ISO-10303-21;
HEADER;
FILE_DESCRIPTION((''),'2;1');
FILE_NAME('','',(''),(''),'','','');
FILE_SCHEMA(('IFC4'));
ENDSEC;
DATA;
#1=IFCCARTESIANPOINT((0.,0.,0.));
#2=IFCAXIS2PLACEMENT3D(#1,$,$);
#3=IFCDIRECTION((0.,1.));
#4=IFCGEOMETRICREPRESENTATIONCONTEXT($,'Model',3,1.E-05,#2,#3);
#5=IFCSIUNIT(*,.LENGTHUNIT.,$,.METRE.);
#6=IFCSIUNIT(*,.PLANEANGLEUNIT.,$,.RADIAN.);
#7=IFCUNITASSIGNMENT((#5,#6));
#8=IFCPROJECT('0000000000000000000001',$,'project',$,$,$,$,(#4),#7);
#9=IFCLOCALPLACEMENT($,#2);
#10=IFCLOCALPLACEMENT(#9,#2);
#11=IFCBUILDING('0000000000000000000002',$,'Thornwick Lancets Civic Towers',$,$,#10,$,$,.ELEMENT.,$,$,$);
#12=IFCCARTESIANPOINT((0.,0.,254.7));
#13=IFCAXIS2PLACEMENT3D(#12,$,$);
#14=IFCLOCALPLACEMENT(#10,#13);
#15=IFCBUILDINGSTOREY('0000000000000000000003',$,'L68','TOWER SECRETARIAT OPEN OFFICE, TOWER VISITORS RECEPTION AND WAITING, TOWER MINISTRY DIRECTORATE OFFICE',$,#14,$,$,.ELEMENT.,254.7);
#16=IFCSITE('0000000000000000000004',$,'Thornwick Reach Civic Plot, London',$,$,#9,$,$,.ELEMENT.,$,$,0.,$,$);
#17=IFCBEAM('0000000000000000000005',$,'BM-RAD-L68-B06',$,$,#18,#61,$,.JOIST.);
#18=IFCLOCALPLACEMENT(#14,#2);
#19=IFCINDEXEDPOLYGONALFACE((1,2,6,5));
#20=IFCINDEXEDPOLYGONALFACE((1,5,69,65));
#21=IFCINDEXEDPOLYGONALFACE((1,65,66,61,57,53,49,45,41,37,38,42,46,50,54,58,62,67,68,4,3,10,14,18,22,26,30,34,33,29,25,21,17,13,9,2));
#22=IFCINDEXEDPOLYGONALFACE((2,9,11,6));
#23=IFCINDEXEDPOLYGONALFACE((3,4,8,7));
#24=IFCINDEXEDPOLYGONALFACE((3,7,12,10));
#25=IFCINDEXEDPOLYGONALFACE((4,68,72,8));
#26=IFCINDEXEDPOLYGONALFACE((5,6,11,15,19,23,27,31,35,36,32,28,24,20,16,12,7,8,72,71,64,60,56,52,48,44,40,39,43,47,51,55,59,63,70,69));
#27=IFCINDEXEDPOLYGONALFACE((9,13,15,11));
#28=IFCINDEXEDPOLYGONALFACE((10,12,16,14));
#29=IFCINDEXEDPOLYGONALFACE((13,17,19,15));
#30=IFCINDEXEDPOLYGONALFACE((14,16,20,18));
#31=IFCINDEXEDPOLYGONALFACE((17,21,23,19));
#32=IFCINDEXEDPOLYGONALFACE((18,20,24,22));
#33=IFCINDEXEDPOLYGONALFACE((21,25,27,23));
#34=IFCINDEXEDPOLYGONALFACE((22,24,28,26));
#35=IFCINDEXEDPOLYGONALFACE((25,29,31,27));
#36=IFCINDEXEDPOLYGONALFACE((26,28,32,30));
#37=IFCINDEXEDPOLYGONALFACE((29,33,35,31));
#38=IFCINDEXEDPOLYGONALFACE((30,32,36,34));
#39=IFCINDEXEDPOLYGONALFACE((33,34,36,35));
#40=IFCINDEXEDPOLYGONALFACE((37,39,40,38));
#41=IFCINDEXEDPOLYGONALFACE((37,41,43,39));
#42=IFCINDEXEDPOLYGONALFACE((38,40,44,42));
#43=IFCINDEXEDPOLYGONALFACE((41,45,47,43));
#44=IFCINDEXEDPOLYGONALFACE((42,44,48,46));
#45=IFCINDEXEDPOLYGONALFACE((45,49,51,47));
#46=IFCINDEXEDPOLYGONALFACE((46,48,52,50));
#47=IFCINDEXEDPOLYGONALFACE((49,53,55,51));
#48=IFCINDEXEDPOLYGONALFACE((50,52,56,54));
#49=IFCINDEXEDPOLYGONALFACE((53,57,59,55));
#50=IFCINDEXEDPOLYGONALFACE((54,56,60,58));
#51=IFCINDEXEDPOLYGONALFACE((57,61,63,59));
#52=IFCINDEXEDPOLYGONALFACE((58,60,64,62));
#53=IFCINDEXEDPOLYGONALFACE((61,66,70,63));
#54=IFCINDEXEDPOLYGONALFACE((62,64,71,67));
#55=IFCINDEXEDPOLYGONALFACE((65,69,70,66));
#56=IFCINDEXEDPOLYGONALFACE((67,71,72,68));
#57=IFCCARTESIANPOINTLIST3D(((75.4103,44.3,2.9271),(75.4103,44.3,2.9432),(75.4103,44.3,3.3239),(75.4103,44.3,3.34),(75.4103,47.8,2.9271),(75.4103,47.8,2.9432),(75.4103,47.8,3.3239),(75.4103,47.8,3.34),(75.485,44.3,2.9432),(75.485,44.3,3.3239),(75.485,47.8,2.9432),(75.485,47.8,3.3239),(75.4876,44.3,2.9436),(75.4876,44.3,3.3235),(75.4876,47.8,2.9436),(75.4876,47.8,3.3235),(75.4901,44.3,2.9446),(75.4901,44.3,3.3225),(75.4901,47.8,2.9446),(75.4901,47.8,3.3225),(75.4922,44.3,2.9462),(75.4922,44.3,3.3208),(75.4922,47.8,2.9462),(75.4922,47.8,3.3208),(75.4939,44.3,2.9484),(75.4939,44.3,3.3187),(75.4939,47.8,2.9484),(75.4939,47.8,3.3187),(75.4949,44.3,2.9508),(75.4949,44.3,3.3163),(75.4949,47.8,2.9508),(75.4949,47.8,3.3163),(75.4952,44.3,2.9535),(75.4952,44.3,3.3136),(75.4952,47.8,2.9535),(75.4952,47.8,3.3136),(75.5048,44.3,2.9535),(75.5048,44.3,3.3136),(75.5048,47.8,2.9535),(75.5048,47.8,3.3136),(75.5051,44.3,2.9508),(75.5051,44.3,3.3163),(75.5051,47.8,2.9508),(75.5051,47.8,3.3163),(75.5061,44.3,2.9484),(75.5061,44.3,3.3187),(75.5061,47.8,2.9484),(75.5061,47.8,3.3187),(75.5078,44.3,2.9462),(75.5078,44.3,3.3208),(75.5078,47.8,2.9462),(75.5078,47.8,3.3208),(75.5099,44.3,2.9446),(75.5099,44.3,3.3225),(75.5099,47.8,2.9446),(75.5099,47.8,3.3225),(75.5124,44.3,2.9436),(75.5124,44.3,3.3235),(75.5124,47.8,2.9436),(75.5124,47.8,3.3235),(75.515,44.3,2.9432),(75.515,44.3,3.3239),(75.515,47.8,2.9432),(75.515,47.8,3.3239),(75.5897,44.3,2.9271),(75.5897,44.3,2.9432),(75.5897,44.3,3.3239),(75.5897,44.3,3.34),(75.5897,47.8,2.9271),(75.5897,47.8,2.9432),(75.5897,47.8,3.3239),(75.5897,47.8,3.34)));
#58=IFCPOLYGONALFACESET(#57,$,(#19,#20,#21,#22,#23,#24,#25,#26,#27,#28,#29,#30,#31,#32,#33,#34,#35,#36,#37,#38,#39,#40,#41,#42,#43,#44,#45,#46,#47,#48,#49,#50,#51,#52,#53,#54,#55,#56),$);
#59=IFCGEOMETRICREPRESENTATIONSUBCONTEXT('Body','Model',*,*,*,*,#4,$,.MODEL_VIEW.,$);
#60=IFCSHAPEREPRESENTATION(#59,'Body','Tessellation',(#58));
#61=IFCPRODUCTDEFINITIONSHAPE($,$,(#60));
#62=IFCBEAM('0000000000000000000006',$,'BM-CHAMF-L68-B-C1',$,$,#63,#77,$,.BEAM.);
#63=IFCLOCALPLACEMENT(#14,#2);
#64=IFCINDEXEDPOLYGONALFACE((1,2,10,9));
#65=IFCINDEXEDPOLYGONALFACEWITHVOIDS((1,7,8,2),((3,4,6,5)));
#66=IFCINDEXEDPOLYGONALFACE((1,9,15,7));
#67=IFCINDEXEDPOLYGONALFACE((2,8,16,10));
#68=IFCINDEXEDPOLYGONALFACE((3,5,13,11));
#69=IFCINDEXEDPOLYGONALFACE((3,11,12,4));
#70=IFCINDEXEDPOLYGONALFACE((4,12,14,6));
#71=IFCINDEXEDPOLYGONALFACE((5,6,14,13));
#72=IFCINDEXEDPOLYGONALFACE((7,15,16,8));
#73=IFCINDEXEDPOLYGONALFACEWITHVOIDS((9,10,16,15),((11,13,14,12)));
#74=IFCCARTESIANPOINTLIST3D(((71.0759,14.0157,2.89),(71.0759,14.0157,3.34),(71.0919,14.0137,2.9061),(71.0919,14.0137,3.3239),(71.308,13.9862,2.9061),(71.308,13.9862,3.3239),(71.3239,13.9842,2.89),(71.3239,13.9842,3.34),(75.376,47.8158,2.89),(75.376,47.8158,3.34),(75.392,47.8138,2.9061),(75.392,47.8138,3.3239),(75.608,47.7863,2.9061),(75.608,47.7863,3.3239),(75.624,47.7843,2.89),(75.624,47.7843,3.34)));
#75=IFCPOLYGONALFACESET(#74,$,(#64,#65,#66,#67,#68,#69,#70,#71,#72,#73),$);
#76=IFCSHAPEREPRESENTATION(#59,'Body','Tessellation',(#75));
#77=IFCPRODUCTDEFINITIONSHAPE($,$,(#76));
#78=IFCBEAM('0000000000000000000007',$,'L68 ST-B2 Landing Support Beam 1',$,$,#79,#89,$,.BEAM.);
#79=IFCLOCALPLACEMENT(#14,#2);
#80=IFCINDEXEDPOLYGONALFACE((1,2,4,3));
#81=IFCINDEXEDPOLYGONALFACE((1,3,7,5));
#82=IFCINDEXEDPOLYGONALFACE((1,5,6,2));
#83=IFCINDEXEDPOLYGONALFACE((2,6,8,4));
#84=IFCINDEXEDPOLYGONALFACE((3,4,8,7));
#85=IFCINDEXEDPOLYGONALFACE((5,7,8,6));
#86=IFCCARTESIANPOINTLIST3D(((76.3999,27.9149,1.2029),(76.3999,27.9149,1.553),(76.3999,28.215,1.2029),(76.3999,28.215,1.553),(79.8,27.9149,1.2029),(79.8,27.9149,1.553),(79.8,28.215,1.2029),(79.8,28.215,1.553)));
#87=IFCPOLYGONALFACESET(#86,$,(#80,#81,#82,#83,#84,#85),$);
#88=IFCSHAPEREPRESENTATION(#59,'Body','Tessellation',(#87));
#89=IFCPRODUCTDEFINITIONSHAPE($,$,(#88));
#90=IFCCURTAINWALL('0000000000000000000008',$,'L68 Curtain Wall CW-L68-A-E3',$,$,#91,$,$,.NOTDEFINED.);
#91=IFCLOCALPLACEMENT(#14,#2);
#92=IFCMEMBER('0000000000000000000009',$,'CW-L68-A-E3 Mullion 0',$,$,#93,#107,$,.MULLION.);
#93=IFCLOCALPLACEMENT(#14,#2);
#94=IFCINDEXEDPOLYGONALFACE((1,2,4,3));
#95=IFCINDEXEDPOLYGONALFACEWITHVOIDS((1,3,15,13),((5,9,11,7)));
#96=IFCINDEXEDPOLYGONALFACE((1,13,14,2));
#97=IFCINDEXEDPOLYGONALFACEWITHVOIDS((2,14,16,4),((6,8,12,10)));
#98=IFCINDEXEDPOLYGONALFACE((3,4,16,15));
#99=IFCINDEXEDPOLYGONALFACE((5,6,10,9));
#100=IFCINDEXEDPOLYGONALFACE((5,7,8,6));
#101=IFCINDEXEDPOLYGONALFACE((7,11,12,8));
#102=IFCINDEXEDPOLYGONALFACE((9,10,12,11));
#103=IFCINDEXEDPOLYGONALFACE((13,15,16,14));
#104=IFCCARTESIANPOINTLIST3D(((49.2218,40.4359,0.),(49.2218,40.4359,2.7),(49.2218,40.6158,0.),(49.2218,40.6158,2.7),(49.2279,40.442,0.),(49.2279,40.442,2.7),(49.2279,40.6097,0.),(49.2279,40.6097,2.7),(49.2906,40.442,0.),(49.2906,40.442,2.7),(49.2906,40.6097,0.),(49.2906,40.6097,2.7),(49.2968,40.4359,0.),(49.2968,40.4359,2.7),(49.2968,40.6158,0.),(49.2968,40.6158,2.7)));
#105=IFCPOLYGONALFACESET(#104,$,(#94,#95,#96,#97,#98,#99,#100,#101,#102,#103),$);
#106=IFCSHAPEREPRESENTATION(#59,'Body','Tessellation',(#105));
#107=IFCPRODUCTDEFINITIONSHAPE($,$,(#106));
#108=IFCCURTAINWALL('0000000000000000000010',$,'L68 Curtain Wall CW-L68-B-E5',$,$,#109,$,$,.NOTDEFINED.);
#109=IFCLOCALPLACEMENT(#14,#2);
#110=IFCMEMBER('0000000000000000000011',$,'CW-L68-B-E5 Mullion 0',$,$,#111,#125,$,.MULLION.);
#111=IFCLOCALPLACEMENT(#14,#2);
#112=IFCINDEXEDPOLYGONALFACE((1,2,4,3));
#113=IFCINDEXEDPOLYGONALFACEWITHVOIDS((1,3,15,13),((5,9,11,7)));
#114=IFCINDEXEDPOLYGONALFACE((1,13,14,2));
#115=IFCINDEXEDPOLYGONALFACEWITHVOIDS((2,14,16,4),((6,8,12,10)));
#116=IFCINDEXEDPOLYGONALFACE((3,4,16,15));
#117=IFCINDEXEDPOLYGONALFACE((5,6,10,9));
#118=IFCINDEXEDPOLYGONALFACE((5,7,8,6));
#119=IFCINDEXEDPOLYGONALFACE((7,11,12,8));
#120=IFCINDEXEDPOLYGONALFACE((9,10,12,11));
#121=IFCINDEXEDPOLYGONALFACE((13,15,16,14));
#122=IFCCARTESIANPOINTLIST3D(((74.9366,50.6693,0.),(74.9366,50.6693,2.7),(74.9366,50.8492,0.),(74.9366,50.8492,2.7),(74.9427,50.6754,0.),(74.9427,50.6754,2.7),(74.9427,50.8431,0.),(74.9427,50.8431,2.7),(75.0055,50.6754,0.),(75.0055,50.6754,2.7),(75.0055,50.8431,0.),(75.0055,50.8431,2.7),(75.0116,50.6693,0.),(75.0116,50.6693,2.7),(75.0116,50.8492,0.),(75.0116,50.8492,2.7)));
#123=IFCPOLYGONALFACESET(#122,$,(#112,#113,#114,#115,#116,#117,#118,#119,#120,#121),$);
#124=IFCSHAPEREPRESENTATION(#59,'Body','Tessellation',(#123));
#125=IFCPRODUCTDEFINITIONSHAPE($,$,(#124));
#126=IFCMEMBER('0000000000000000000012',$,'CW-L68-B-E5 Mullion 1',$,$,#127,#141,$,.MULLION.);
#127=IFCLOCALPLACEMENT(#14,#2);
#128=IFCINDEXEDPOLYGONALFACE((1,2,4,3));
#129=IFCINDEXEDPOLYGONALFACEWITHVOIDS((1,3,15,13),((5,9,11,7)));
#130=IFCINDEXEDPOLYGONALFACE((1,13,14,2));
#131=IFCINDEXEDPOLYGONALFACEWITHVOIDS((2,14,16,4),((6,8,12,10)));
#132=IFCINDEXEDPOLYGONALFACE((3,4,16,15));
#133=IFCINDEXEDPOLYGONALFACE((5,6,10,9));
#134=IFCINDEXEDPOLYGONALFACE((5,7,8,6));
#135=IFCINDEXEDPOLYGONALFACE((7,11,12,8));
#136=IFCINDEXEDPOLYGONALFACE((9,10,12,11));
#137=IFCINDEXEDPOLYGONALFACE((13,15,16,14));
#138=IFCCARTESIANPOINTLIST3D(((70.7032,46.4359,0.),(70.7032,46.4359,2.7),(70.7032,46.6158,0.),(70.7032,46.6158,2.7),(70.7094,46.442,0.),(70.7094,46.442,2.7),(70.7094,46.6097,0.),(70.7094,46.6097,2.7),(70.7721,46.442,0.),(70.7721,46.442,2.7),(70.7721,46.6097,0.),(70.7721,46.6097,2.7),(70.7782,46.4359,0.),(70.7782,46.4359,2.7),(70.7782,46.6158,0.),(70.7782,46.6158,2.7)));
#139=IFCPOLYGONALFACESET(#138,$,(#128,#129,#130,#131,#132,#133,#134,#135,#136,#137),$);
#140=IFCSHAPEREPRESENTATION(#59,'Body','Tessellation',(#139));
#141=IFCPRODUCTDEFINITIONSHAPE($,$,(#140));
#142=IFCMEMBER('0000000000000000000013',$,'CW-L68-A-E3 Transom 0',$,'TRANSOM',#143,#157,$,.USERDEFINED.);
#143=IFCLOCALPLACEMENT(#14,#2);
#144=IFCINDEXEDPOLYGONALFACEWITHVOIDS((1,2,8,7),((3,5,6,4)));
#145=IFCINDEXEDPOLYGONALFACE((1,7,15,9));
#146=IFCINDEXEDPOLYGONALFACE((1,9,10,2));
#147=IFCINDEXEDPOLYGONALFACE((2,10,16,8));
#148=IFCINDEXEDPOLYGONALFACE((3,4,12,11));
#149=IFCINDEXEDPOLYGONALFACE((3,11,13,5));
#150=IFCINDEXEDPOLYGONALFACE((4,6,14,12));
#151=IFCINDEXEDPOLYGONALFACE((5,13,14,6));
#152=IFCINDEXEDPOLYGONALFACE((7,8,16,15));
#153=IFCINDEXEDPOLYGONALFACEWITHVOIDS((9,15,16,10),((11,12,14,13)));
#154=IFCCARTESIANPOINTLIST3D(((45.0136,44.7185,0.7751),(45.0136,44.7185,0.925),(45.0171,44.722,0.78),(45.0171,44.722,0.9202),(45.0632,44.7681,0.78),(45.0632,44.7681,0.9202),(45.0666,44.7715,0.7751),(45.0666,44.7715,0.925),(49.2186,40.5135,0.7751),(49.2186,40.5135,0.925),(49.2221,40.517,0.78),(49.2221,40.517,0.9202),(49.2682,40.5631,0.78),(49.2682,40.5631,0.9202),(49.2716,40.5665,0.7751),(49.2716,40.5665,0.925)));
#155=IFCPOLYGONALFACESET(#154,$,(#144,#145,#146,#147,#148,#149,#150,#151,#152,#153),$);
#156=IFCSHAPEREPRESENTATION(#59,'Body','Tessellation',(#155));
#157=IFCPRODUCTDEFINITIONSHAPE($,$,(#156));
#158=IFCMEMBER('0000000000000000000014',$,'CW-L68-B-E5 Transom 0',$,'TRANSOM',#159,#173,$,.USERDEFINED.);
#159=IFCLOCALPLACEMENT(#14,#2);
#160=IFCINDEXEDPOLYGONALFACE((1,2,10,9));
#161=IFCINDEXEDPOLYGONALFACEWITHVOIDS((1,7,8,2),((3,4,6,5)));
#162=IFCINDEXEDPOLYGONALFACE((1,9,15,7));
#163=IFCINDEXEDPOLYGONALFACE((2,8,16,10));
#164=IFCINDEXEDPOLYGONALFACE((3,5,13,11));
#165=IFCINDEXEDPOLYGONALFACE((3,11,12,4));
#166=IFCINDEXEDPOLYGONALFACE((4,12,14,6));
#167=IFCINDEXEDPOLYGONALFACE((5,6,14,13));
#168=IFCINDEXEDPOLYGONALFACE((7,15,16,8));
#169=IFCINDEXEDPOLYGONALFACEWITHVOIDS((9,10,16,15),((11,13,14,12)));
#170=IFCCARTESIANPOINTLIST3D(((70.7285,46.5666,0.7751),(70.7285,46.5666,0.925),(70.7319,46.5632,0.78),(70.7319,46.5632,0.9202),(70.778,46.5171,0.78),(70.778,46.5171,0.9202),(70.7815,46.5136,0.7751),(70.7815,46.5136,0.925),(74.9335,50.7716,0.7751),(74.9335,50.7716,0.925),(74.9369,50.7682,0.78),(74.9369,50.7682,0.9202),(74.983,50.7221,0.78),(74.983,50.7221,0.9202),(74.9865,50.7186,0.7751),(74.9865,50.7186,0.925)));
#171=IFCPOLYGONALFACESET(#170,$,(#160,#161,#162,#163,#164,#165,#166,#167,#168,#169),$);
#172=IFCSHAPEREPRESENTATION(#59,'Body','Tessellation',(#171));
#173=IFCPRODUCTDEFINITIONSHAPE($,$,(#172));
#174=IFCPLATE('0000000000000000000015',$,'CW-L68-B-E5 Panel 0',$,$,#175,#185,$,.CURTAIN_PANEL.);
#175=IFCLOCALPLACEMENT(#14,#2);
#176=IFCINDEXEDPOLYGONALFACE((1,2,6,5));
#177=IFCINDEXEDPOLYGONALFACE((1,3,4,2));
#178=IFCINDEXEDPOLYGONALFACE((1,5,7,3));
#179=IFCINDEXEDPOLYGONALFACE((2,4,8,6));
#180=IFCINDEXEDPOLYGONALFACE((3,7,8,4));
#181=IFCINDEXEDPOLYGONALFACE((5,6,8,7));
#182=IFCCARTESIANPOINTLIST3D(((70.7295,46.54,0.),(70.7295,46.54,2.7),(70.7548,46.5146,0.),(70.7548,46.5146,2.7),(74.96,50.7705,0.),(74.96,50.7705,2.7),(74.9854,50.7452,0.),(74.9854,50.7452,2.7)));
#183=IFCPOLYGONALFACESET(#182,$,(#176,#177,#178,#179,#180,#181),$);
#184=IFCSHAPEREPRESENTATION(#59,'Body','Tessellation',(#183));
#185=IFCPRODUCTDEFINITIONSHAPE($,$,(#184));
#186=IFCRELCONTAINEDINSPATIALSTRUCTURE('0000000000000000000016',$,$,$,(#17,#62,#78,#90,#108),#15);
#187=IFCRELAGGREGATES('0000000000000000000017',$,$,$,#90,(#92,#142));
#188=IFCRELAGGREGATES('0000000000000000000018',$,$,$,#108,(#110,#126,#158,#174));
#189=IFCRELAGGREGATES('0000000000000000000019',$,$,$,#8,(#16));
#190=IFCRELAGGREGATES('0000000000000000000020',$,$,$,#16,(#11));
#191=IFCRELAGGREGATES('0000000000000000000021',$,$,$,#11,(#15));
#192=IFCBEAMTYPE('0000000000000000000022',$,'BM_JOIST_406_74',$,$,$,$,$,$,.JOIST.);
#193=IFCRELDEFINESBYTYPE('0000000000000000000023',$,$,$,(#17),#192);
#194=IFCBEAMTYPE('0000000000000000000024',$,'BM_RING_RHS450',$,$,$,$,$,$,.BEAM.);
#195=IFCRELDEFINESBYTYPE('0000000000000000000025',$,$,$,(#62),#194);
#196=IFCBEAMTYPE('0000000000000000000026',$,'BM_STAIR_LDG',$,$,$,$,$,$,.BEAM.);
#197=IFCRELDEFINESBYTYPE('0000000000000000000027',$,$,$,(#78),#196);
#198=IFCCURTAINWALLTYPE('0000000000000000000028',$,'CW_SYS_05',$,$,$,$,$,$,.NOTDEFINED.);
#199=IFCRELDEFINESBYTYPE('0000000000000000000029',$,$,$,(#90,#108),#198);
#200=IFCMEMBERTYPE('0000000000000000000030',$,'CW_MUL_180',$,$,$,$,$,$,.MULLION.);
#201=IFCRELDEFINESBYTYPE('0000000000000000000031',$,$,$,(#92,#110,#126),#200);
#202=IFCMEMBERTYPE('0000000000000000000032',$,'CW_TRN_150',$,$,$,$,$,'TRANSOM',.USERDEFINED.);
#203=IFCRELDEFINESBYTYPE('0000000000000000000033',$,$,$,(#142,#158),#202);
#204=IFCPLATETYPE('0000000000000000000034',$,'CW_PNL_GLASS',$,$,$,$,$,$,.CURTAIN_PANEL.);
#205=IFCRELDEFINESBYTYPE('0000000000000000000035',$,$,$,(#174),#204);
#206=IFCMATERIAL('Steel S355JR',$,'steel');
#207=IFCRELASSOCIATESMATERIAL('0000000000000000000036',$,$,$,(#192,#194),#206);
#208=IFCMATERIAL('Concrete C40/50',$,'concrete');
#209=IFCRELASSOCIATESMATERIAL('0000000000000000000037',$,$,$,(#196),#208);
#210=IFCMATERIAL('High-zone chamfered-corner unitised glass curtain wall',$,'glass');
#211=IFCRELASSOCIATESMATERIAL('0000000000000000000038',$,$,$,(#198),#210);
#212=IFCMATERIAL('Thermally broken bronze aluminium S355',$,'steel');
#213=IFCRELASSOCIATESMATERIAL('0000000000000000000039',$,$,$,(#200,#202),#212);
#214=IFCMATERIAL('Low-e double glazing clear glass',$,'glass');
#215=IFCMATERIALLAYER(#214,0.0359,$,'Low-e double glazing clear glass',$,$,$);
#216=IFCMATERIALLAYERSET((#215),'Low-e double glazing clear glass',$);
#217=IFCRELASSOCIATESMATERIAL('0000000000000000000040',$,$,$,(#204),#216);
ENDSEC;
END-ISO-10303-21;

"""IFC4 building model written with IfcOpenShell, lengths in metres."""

from ifc_helpers import new_model, si_unit, direction, frame, origin, origin_2d, place, context, subcontext, project, spatial, rectangle, hollow_rectangle, i_section, extrude, material, layer, layer_set, material_profile, profile_set, type_object, element, aggregate, save


model = new_model("IFC4")

# Units and contexts
model_context = context("Model", 3, precision=1e-05, world=origin(), true_north=direction((0.0, 1.0)))
body_context = subcontext(model_context, "Body", "Model", "MODEL_VIEW")
ifc_project = project(units=[si_unit("LENGTHUNIT", "METRE"), si_unit("PLANEANGLEUNIT", "RADIAN")], contexts=[model_context])

# Site, building, storey
site_placement = place(None, origin())
site = spatial("IfcSite", under=ifc_project, at=site_placement, Name="Thornwick Reach Civic Plot, London", CompositionType="ELEMENT", RefElevation=0.0)
building_placement = place(site_placement, origin())
building = spatial("IfcBuilding", under=site, at=building_placement, Name="Thornwick Lancets Civic Towers", CompositionType="ELEMENT")
storey_placement = place(building_placement, frame((0.0, 0.0, 254.7)))
storey = spatial("IfcBuildingStorey", under=building, at=storey_placement, Name="L68", Description="TOWER SECRETARIAT OPEN OFFICE, TOWER VISITORS RECEPTION AND WAITING, TOWER MINISTRY DIRECTORATE OFFICE", CompositionType="ELEMENT", Elevation=254.7)

# Shared definitions
ifc_material_1 = material(Name="Steel S355JR", Category="steel")

# Beams
ifc_material_profile_1 = material_profile(ifc_material_1, i_section(OverallWidth=0.1794, OverallDepth=0.4128, WebThickness=0.0095, FlangeThickness=0.0161, FilletRadius=0.0103, at=origin_2d()), Name="UKB 406x178x74")
ifc_profile_set_1 = profile_set([ifc_material_profile_1], Name="Steel S355JR")
beam_type_1 = type_object("IfcBeamType", Name="BM_JOIST_406_74", PredefinedType="JOIST", material=ifc_profile_set_1)
beam_1_placement = place(storey_placement, frame((75.5, 44.3, 3.1335), z_axis=(0.0, 1.0, 0.0), x_axis=(-1.0, 0.0, 0.0)))
element("IfcBeam", 1, at=beam_1_placement, inside=storey, type_object=beam_type_1, Name="BM-RAD-L68-B06", PredefinedType="JOIST", context=body_context, shape_type="SweptSolid", body=[
    extrude(i_section(OverallWidth=0.1794, OverallDepth=0.4128, WebThickness=0.0095, FlangeThickness=0.0161, FilletRadius=0.0103, at=origin_2d()), origin(), (0.0, 0.0, 1.0), 3.5),
])
ifc_material_profile_2 = material_profile(ifc_material_1, hollow_rectangle(XDim=0.25, YDim=0.45, WallThickness=0.0161, at=origin_2d()), Name="RHS 450x250x16")
ifc_profile_set_2 = profile_set([ifc_material_profile_2], Name="Steel S355JR")
beam_type_2 = type_object("IfcBeamType", Name="BM_RING_RHS450", PredefinedType="BEAM", material=ifc_profile_set_2)
beam_2_placement = place(storey_placement, frame((75.5, 47.8, 3.115), z_axis=(-0.126203, -0.992004, 0.0), x_axis=(0.992004, -0.126203, 0.0)))
element("IfcBeam", 2, at=beam_2_placement, inside=storey, type_object=beam_type_2, Name="BM-CHAMF-L68-B-C1", PredefinedType="BEAM", context=body_context, shape_type="SweptSolid", body=[
    extrude(hollow_rectangle(XDim=0.25, YDim=0.45, WallThickness=0.0161, at=origin_2d()), origin(), (0.0, 0.0, 1.0), 34.0725),
])
ifc_material_2 = material(Name="Concrete C40/50", Category="concrete")
ifc_material_profile_3 = material_profile(ifc_material_2, rectangle(XDim=0.3, YDim=0.3501, at=origin_2d()), Name="RC 300x350")
ifc_profile_set_3 = profile_set([ifc_material_profile_3], Name="Concrete C40/50")
beam_type_3 = type_object("IfcBeamType", Name="BM_STAIR_LDG", PredefinedType="BEAM", material=ifc_profile_set_3)
beam_3_placement = place(storey_placement, frame((76.3999, 28.0649, 1.3779), z_axis=(1.0, 0.0, 0.0), x_axis=(0.0, 1.0, 0.0)))
element("IfcBeam", 3, at=beam_3_placement, inside=storey, type_object=beam_type_3, Name="L68 ST-B2 Landing Support Beam 1", PredefinedType="BEAM", context=body_context, shape_type="SweptSolid", body=[
    extrude(rectangle(XDim=0.3, YDim=0.3501, at=origin_2d()), origin(), (0.0, 0.0, 1.0), 3.4001),
])

# Curtain wall, member
ifc_material_3 = material(Name="High-zone chamfered-corner unitised glass curtain wall", Category="glass")
curtain_wall_type = type_object("IfcCurtainWallType", Name="CW_SYS_05", PredefinedType="NOTDEFINED", material=ifc_material_3)
curtain_wall_1_placement = place(storey_placement, origin())
curtain_wall_1 = element("IfcCurtainWall", 4, at=curtain_wall_1_placement, inside=storey, type_object=curtain_wall_type, Name="L68 Curtain Wall CW-L68-A-E3", PredefinedType="NOTDEFINED")
ifc_material_4 = material(Name="Thermally broken bronze aluminium S355", Category="steel")
ifc_material_profile_4 = material_profile(ifc_material_4, hollow_rectangle(XDim=0.075, YDim=0.1799, WallThickness=0.0061, at=origin_2d()), Name="RHS 180x75x6")
ifc_profile_set_4 = profile_set([ifc_material_profile_4], Name="Thermally broken bronze aluminium S355")
member_type_1 = type_object("IfcMemberType", Name="CW_MUL_180", PredefinedType="MULLION", material=ifc_profile_set_4)
member_1_placement = place(storey_placement, frame((49.2593, 40.5259, 0.0), z_axis=(0.0, 0.0, 1.0), x_axis=(1.0, 0.0, 0.0)))
member_1 = element("IfcMember", 5, at=member_1_placement, type_object=member_type_1, Name="CW-L68-A-E3 Mullion 0", PredefinedType="MULLION", context=body_context, shape_type="SweptSolid", body=[
    extrude(hollow_rectangle(XDim=0.075, YDim=0.1799, WallThickness=0.0061, at=origin_2d()), origin(), (0.0, 0.0, 1.0), 2.7),
])

# Curtain wall, members
curtain_wall_2_placement = place(storey_placement, origin())
curtain_wall_2 = element("IfcCurtainWall", 6, at=curtain_wall_2_placement, inside=storey, type_object=curtain_wall_type, Name="L68 Curtain Wall CW-L68-B-E5", PredefinedType="NOTDEFINED")
member_2_placement = place(storey_placement, frame((74.9741, 50.7593, 0.0), z_axis=(0.0, 0.0, 1.0), x_axis=(1.0, 0.0, 0.0)))
member_2 = element("IfcMember", 7, at=member_2_placement, type_object=member_type_1, Name="CW-L68-B-E5 Mullion 0", PredefinedType="MULLION", context=body_context, shape_type="SweptSolid", body=[
    extrude(hollow_rectangle(XDim=0.075, YDim=0.1799, WallThickness=0.0061, at=origin_2d()), origin(), (0.0, 0.0, 1.0), 2.7),
])
member_3_placement = place(storey_placement, frame((70.7407, 46.5259, 0.0), z_axis=(0.0, 0.0, 1.0), x_axis=(1.0, 0.0, 0.0)))
member_3 = element("IfcMember", 8, at=member_3_placement, type_object=member_type_1, Name="CW-L68-B-E5 Mullion 1", PredefinedType="MULLION", context=body_context, shape_type="SweptSolid", body=[
    extrude(hollow_rectangle(XDim=0.075, YDim=0.1799, WallThickness=0.0061, at=origin_2d()), origin(), (0.0, 0.0, 1.0), 2.7),
])

# Members
ifc_material_profile_5 = material_profile(ifc_material_4, hollow_rectangle(XDim=0.075, YDim=0.1499, WallThickness=0.0049, at=origin_2d()), Name="RHS 150x75x5")
ifc_profile_set_5 = profile_set([ifc_material_profile_5], Name="Thermally broken bronze aluminium S355")
member_type_2 = type_object("IfcMemberType", Name="CW_TRN_150", ElementType="TRANSOM", PredefinedType="USERDEFINED", material=ifc_profile_set_5)
member_4_placement = place(storey_placement, frame((49.2451, 40.54, 0.8501), z_axis=(-0.707107, 0.707107, 0.0), x_axis=(-0.707107, -0.707107, 0.0)))
member_4 = element("IfcMember", 9, at=member_4_placement, type_object=member_type_2, Name="CW-L68-A-E3 Transom 0", ObjectType="TRANSOM", PredefinedType="USERDEFINED", context=body_context, shape_type="SweptSolid", body=[
    extrude(hollow_rectangle(XDim=0.075, YDim=0.1499, WallThickness=0.0049, at=origin_2d()), origin(), (0.0, 0.0, 1.0), 5.9468),
])
aggregate(curtain_wall_1, [member_1, member_4])
member_5_placement = place(storey_placement, frame((74.96, 50.7451, 0.8501), z_axis=(-0.707107, -0.707107, 0.0), x_axis=(0.707107, -0.707107, 0.0)))
member_5 = element("IfcMember", 10, at=member_5_placement, type_object=member_type_2, Name="CW-L68-B-E5 Transom 0", ObjectType="TRANSOM", PredefinedType="USERDEFINED", context=body_context, shape_type="SweptSolid", body=[
    extrude(hollow_rectangle(XDim=0.075, YDim=0.1499, WallThickness=0.0049, at=origin_2d()), origin(), (0.0, 0.0, 1.0), 5.9468),
])

# Plate
ifc_material_5 = material(Name="Low-e double glazing clear glass", Category="glass")
ifc_layer_1 = layer(ifc_material_5, 0.0359, Name="Low-e double glazing clear glass")
ifc_layer_set_1 = layer_set([ifc_layer_1], Name="Low-e double glazing clear glass")
plate_type = type_object("IfcPlateType", Name="CW_PNL_GLASS", PredefinedType="CURTAIN_PANEL", material=ifc_layer_set_1)
plate_placement = place(storey_placement, frame((72.8574, 48.6426, 0.0), z_axis=(0.0, 0.0, 1.0), x_axis=(-0.707107, -0.707107, 0.0)))
plate = element("IfcPlate", 11, at=plate_placement, type_object=plate_type, Name="CW-L68-B-E5 Panel 0", PredefinedType="CURTAIN_PANEL", context=body_context, shape_type="SweptSolid", body=[
    extrude(rectangle(XDim=5.9829, YDim=0.0359, at=origin_2d()), origin(), (0.0, 0.0, 1.0), 2.7),
])
aggregate(curtain_wall_2, [member_2, member_3, member_5, plate])

save(model, "model.ifc")
